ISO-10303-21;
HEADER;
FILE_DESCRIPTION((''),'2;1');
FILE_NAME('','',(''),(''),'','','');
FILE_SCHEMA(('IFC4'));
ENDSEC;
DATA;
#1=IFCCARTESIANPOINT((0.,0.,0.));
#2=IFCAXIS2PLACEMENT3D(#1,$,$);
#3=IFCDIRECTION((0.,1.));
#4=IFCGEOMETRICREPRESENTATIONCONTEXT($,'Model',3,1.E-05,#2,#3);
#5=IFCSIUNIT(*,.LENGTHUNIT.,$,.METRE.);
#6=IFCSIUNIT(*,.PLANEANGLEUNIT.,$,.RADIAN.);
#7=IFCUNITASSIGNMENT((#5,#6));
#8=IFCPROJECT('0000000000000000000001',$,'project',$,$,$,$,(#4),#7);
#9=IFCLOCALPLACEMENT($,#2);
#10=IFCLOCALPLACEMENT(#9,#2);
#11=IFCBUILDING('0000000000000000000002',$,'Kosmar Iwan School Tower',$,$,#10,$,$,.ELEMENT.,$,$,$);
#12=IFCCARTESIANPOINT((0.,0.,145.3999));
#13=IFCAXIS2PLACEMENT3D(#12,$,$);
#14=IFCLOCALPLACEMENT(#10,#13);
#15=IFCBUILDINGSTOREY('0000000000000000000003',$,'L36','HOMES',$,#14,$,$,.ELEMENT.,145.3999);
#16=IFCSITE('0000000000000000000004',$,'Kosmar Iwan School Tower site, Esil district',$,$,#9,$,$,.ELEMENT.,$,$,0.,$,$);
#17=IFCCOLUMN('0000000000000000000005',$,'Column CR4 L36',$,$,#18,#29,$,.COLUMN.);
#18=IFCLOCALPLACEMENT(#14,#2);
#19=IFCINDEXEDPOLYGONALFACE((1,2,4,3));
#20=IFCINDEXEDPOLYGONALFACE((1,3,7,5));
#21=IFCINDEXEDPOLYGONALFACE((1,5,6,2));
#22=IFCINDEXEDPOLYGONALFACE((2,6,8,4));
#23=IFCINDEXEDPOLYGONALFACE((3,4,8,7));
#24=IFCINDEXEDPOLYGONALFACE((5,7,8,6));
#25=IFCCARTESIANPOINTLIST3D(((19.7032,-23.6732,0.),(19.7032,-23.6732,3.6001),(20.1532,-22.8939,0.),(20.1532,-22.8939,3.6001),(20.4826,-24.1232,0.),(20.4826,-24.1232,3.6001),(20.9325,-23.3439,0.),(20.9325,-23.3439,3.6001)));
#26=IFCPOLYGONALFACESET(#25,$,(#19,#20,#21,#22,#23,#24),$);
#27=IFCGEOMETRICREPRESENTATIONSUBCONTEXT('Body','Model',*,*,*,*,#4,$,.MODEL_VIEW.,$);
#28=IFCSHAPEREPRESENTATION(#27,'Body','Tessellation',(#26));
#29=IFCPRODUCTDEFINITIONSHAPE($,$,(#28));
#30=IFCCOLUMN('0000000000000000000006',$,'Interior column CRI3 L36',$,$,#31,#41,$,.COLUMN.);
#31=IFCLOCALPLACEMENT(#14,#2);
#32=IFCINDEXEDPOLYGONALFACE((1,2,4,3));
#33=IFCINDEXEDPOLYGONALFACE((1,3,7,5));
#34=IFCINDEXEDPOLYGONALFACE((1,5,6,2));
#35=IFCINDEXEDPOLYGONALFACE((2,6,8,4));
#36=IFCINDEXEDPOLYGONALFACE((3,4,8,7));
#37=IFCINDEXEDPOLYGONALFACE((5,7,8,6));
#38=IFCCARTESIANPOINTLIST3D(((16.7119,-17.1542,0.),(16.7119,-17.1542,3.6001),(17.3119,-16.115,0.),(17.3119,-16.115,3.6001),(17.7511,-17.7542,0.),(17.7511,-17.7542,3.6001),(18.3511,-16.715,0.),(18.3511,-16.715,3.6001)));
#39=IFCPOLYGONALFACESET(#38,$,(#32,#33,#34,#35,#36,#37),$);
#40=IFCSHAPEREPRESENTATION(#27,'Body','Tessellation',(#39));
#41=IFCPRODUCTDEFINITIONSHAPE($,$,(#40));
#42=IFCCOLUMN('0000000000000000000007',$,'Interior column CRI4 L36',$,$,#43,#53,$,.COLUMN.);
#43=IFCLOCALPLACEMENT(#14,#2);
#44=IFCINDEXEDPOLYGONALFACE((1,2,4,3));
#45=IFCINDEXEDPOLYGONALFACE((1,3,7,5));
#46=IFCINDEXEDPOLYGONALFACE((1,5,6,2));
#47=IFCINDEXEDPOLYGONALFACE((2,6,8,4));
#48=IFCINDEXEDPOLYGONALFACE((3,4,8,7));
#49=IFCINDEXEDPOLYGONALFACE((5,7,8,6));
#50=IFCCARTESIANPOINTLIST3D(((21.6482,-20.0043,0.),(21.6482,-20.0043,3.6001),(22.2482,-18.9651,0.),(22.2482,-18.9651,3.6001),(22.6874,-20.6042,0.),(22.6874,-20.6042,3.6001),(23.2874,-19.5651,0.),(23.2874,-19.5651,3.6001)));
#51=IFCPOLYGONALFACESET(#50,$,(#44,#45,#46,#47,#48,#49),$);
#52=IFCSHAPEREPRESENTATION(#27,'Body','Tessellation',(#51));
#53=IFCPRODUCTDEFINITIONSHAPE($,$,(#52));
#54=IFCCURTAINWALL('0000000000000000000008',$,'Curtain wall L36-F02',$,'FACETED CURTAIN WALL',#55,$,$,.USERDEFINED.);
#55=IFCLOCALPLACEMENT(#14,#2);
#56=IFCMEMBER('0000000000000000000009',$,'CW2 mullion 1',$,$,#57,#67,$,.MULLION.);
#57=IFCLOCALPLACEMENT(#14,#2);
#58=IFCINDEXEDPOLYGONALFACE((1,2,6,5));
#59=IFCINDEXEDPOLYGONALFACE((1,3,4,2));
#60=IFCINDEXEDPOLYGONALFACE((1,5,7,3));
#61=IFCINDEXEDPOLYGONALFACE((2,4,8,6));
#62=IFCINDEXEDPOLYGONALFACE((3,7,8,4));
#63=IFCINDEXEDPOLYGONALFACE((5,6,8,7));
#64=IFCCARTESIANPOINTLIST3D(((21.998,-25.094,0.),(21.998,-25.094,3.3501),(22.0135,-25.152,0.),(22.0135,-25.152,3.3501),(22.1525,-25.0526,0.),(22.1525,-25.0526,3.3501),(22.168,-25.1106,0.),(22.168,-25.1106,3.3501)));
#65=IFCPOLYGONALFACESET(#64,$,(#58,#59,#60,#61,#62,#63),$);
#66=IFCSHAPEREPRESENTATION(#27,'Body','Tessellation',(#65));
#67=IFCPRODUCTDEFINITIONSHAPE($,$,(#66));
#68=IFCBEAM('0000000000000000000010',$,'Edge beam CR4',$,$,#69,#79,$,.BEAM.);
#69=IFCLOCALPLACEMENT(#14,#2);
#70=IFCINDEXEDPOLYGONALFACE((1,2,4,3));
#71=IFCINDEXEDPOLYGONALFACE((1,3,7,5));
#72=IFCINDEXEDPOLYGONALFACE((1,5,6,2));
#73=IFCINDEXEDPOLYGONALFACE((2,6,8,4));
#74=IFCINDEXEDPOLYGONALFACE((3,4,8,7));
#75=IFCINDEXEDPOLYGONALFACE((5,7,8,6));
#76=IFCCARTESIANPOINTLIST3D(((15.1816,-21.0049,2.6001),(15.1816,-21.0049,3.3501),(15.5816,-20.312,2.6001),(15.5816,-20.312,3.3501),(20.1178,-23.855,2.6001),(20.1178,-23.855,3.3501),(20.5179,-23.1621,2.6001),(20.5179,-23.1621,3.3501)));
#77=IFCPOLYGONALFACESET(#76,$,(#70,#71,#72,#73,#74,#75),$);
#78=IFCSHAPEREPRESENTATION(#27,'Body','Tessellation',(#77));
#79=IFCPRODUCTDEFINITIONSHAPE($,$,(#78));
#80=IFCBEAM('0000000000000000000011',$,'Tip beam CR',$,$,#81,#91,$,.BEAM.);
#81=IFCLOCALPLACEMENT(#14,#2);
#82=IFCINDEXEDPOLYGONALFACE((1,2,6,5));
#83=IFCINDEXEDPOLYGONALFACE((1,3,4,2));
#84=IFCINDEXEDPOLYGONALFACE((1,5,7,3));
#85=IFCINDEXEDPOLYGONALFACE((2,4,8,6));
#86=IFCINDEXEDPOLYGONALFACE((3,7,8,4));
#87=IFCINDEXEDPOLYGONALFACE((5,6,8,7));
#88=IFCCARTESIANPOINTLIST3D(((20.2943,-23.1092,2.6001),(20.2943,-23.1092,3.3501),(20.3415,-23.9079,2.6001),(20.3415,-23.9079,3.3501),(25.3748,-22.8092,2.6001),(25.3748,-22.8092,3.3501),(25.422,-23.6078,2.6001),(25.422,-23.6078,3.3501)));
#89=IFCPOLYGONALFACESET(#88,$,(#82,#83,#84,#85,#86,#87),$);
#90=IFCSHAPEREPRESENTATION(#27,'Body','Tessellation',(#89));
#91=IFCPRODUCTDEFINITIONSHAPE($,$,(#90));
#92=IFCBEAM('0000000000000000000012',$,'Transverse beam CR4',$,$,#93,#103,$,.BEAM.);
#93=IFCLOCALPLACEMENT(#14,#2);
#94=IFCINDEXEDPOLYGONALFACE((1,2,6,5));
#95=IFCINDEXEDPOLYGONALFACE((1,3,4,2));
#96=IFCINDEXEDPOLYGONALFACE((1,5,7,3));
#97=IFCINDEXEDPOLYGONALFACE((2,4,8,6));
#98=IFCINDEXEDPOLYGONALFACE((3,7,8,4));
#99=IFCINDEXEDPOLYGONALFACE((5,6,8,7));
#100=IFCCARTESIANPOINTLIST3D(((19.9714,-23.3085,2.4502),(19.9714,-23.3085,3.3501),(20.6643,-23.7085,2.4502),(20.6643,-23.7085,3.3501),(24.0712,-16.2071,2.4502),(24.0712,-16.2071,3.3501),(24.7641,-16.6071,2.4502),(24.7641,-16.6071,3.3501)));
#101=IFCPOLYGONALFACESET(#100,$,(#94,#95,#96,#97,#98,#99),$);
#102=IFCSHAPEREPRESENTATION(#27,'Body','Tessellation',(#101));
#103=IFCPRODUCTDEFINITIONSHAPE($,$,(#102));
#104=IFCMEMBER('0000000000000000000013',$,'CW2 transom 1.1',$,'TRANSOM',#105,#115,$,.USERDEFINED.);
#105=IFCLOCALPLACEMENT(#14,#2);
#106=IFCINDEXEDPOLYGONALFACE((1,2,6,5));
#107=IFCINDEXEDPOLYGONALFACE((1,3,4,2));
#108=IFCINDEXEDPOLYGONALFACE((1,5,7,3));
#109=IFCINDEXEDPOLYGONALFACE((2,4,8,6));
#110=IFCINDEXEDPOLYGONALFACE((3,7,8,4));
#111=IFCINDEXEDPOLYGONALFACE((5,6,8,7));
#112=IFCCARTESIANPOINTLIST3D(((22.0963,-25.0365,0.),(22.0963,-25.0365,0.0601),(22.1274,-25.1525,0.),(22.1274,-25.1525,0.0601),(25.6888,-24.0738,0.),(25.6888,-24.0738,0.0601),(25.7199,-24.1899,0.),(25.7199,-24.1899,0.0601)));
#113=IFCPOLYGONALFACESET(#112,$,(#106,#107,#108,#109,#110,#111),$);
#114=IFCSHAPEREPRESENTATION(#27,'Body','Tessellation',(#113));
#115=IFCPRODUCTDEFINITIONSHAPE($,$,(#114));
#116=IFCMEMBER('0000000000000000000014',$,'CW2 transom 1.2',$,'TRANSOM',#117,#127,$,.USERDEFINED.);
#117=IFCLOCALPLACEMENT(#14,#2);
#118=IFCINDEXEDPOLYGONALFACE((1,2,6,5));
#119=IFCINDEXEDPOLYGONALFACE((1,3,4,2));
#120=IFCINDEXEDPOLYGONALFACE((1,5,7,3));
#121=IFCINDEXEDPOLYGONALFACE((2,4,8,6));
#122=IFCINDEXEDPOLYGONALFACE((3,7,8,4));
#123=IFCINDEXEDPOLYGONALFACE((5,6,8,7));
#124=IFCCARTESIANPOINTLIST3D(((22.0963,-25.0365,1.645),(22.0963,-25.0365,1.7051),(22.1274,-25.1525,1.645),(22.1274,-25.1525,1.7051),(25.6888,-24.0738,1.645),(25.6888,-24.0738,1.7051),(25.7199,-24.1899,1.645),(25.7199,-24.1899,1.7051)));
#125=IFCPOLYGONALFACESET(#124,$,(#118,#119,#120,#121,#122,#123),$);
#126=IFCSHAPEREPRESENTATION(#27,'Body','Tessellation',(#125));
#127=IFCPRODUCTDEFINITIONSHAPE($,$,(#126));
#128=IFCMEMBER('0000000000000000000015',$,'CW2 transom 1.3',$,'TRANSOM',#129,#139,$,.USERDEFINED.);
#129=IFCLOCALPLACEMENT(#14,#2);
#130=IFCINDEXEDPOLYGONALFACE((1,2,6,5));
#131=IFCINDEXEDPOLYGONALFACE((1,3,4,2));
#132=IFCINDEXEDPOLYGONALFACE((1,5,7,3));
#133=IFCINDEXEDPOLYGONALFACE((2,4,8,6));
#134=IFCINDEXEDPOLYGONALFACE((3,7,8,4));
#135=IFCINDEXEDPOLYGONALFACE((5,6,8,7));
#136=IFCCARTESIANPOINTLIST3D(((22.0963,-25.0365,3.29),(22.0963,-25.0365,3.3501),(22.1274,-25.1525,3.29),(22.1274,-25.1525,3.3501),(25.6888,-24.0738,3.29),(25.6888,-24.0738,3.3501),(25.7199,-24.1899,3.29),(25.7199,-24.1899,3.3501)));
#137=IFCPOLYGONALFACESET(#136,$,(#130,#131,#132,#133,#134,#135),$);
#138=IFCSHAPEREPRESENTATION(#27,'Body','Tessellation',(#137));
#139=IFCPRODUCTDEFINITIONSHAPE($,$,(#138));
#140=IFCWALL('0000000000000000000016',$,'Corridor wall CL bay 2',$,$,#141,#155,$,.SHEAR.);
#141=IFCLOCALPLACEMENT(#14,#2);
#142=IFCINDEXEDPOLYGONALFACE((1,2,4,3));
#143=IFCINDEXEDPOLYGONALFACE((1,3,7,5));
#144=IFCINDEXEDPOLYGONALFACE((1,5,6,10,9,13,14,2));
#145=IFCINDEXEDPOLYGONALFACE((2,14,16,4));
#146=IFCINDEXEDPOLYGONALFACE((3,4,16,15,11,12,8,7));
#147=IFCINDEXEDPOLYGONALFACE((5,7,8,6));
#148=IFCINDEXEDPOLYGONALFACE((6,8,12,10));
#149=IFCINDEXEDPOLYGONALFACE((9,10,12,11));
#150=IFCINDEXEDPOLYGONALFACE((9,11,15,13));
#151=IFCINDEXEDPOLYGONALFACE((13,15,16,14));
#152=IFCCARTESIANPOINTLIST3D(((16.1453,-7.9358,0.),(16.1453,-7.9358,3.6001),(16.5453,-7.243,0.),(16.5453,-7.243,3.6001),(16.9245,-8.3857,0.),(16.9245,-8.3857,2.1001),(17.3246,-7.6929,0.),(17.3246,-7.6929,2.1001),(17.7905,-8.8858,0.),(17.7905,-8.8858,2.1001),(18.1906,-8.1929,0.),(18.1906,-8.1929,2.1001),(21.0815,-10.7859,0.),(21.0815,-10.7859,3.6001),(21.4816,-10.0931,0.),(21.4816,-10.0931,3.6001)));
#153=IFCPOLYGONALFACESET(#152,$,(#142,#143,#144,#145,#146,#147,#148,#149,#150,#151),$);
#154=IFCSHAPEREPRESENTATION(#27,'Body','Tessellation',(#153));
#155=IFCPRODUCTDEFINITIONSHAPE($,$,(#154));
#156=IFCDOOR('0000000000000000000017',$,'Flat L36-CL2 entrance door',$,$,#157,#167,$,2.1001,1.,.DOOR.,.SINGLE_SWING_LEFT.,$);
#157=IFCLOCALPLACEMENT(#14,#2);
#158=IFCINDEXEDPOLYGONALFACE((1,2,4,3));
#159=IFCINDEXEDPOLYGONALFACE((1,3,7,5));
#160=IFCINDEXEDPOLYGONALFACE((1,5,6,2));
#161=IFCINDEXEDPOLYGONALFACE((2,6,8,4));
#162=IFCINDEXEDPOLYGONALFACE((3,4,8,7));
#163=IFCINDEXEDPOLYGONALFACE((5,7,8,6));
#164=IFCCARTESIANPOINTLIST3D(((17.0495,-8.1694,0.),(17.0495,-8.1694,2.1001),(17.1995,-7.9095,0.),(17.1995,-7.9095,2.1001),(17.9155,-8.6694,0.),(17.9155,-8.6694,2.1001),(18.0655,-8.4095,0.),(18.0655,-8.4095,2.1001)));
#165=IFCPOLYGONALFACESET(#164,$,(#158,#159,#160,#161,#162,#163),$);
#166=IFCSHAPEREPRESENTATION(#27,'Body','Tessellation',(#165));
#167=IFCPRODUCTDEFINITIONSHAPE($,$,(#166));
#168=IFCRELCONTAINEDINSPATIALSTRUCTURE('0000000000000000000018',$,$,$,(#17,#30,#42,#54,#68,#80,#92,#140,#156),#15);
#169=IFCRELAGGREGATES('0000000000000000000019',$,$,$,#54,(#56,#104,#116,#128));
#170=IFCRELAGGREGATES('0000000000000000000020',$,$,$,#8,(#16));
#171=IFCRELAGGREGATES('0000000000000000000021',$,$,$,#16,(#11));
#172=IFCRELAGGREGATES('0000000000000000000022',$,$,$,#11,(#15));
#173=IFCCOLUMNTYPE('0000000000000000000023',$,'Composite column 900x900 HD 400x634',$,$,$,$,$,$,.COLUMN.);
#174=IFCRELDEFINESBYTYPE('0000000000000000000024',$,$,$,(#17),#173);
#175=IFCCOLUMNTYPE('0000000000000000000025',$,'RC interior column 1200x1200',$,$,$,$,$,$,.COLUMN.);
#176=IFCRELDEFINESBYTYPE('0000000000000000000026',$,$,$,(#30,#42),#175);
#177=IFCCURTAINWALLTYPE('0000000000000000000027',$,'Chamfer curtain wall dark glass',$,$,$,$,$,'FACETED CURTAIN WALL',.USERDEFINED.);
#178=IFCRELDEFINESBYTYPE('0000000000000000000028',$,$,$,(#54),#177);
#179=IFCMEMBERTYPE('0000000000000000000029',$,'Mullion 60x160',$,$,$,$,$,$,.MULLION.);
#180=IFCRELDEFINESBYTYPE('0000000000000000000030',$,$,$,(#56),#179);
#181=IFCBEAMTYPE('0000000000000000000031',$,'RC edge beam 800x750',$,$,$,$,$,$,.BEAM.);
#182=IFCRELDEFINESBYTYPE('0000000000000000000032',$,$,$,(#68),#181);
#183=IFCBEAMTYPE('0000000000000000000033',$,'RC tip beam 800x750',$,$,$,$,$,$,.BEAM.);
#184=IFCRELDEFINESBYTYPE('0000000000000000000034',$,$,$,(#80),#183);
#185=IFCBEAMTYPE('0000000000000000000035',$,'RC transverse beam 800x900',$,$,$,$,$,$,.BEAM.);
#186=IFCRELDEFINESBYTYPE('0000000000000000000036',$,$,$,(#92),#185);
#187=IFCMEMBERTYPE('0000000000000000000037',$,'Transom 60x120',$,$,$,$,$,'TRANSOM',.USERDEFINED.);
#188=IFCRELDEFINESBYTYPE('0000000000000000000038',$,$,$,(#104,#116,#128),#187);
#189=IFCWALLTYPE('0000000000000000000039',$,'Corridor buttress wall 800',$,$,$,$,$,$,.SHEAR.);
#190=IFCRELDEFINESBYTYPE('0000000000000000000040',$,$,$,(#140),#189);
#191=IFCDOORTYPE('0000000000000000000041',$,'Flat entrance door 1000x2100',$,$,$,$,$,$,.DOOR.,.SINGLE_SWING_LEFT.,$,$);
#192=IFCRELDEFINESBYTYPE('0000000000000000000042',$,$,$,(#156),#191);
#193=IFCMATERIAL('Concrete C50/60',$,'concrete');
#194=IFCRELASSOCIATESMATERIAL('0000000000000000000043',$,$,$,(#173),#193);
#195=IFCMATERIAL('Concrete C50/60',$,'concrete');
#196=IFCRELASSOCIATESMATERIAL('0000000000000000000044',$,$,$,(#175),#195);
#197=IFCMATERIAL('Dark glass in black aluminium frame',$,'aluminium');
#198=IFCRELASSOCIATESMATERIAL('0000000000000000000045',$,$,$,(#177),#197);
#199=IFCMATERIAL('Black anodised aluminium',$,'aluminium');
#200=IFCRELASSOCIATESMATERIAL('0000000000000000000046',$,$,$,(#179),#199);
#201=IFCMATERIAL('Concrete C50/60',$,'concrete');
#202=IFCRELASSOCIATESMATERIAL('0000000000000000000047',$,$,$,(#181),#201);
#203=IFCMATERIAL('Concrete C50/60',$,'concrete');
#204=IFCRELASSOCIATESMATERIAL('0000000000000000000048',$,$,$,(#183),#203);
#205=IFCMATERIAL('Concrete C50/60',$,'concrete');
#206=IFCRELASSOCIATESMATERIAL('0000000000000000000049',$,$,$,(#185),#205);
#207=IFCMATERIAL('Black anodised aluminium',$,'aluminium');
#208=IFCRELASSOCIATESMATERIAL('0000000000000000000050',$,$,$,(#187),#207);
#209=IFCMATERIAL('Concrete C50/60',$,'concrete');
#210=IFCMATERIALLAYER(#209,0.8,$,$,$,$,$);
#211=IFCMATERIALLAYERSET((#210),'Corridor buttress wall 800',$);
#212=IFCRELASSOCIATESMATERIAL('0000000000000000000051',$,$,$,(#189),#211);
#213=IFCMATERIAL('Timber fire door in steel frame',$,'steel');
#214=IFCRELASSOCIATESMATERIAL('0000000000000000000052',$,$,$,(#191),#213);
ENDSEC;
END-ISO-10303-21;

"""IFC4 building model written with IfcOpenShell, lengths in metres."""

from ifc_helpers import new_model, si_unit, direction, frame, frame_2d, origin, origin_2d, place, context, subcontext, project, spatial, rectangle, extrude, material, layer, layer_set, material_profile, profile_set, type_object, element, fill, aggregate, save


model = new_model("IFC4")

# Units and contexts
model_context = context("Model", 3, precision=1e-05, world=origin(), true_north=direction((0.0, 1.0)))
body_context = subcontext(model_context, "Body", "Model", "MODEL_VIEW")
ifc_project = project(units=[si_unit("LENGTHUNIT", "METRE"), si_unit("PLANEANGLEUNIT", "RADIAN")], contexts=[model_context])

# Site, building, storey
site_placement = place(None, origin())
site = spatial("IfcSite", under=ifc_project, at=site_placement, Name="Kosmar Iwan School Tower site, Esil district", CompositionType="ELEMENT", RefElevation=0.0)
building_placement = place(site_placement, origin())
building = spatial("IfcBuilding", under=site, at=building_placement, Name="Kosmar Iwan School Tower", CompositionType="ELEMENT")
storey_placement = place(building_placement, frame((0.0, 0.0, 145.3999)))
storey = spatial("IfcBuildingStorey", under=building, at=storey_placement, Name="L36", Description="HOMES", CompositionType="ELEMENT", Elevation=145.3999)

# Columns
ifc_material_1 = material(Name="Concrete C50/60", Category="concrete")
ifc_material_profile_1 = material_profile(ifc_material_1, rectangle(XDim=0.8999, YDim=0.8999, at=origin_2d()), Name="RC 900x900 + HD 400x634")
ifc_profile_set_1 = profile_set([ifc_material_profile_1], Name="Concrete C50/60")
column_type_1 = type_object("IfcColumnType", Name="Composite column 900x900 HD 400x634", PredefinedType="COLUMN", material=ifc_profile_set_1)
column_placement = place(storey_placement, frame((20.3179, -23.5085, 0.0), z_axis=(0.0, 0.0, 1.0), x_axis=(0.866025, -0.5, 0.0)))
element("IfcColumn", 1, at=column_placement, inside=storey, type_object=column_type_1, Name="Column CR4 L36", PredefinedType="COLUMN", context=body_context, shape_type="SweptSolid", body=[
    extrude(rectangle(XDim=0.8999, YDim=0.8999, at=origin_2d()), origin(), (0.0, 0.0, 1.0), 3.6001),
])
ifc_material_2 = material(Name="Concrete C50/60", Category="concrete")
ifc_material_profile_2 = material_profile(ifc_material_2, rectangle(XDim=1.2, YDim=1.2, at=origin_2d()), Name="RC 1200x1200")
ifc_profile_set_2 = profile_set([ifc_material_profile_2], Name="Concrete C50/60")
column_type_2 = type_object("IfcColumnType", Name="RC interior column 1200x1200", PredefinedType="COLUMN", material=ifc_profile_set_2)
for number, where, z_axis, x_axis, name in (
    (2, (17.5315, -16.9346, 0.0), (0.0, 0.0, 1.0), (0.866025, -0.5, 0.0), "Interior column CRI3 L36"),
    (3, (22.4678, -19.7847, 0.0), (0.0, 0.0, 1.0), (0.866025, -0.5, 0.0), "Interior column CRI4 L36"),
):
    element("IfcColumn", number, at=place(storey_placement, frame(where, z_axis=z_axis, x_axis=x_axis)), inside=storey, type_object=column_type_2, Name=name, PredefinedType="COLUMN", context=body_context, shape_type="SweptSolid", body=[
        extrude(rectangle(XDim=1.2, YDim=1.2, at=origin_2d()), origin(), (0.0, 0.0, 1.0), 3.6001),
    ])

# Curtain wall, member
ifc_material_3 = material(Name="Dark glass in black aluminium frame", Category="aluminium")
curtain_wall_type = type_object("IfcCurtainWallType", Name="Chamfer curtain wall dark glass", ElementType="FACETED CURTAIN WALL", PredefinedType="USERDEFINED", material=ifc_material_3)
curtain_wall_placement = place(storey_placement, origin())
curtain_wall = element("IfcCurtainWall", 4, at=curtain_wall_placement, inside=storey, type_object=curtain_wall_type, Name="Curtain wall L36-F02", ObjectType="FACETED CURTAIN WALL", PredefinedType="USERDEFINED")
ifc_material_4 = material(Name="Black anodised aluminium", Category="aluminium")
ifc_material_profile_3 = material_profile(ifc_material_4, rectangle(XDim=0.0601, YDim=0.1599, at=origin_2d()), Name="MULLION 60x160")
ifc_profile_set_3 = profile_set([ifc_material_profile_3], Name="Black anodised aluminium")
member_type_1 = type_object("IfcMemberType", Name="Mullion 60x160", PredefinedType="MULLION", material=ifc_profile_set_3)
member_1_placement = place(storey_placement, frame((22.083, -25.1023, 0.0), z_axis=(0.0, 0.0, 1.0), x_axis=(-0.258819, 0.965926, 0.0)))
member_1 = element("IfcMember", 5, at=member_1_placement, type_object=member_type_1, Name="CW2 mullion 1", PredefinedType="MULLION", context=body_context, shape_type="SweptSolid", body=[
    extrude(rectangle(XDim=0.0601, YDim=0.1599, at=origin_2d()), origin(), (0.0, 0.0, 1.0), 3.3501),
])

# Beams
ifc_material_5 = material(Name="Concrete C50/60", Category="concrete")
ifc_material_profile_4 = material_profile(ifc_material_5, rectangle(XDim=0.8, YDim=0.75, at=origin_2d()), Name="RC 800x750")
ifc_profile_set_4 = profile_set([ifc_material_profile_4], Name="Concrete C50/60")
beam_type_1 = type_object("IfcBeamType", Name="RC edge beam 800x750", PredefinedType="BEAM", material=ifc_profile_set_4)
beam_1_placement = place(storey_placement, frame((15.3816, -20.6584, 2.9751), z_axis=(0.866015, -0.500018, 0.0), x_axis=(0.500018, 0.866015, 0.0)))
element("IfcBeam", 6, at=beam_1_placement, inside=storey, type_object=beam_type_1, Name="Edge beam CR4", PredefinedType="BEAM", context=body_context, shape_type="SweptSolid", body=[
    extrude(rectangle(XDim=0.8, YDim=0.75, at=origin_2d()), origin(), (0.0, 0.0, 1.0), 5.7),
])
ifc_material_6 = material(Name="Concrete C50/60", Category="concrete")
ifc_material_profile_5 = material_profile(ifc_material_6, rectangle(XDim=0.8, YDim=0.75, at=origin_2d()), Name="RC 800x750")
ifc_profile_set_5 = profile_set([ifc_material_profile_5], Name="Concrete C50/60")
beam_type_2 = type_object("IfcBeamType", Name="RC tip beam 800x750", PredefinedType="BEAM", material=ifc_profile_set_5)
beam_2_placement = place(storey_placement, frame((20.3179, -23.5085, 2.9751), z_axis=(0.998261, 0.058955, 0.0), x_axis=(-0.058955, 0.998261, 0.0)))
element("IfcBeam", 7, at=beam_2_placement, inside=storey, type_object=beam_type_2, Name="Tip beam CR", PredefinedType="BEAM", context=body_context, shape_type="SweptSolid", body=[
    extrude(rectangle(XDim=0.8, YDim=0.75, at=origin_2d()), origin(), (0.0, 0.0, 1.0), 5.0894),
])
ifc_material_7 = material(Name="Concrete C50/60", Category="concrete")
ifc_material_profile_6 = material_profile(ifc_material_7, rectangle(XDim=0.8, YDim=0.8999, at=origin_2d()), Name="RC 800x900")
ifc_profile_set_6 = profile_set([ifc_material_profile_6], Name="Concrete C50/60")
beam_type_3 = type_object("IfcBeamType", Name="RC transverse beam 800x900", PredefinedType="BEAM", material=ifc_profile_set_6)
beam_3_placement = place(storey_placement, frame((20.3179, -23.5085, 2.9001), z_axis=(0.499978, 0.866038, 0.0), x_axis=(-0.866038, 0.499978, 0.0)))
element("IfcBeam", 8, at=beam_3_placement, inside=storey, type_object=beam_type_3, Name="Transverse beam CR4", PredefinedType="BEAM", context=body_context, shape_type="SweptSolid", body=[
    extrude(rectangle(XDim=0.8, YDim=0.8999, at=origin_2d()), origin(), (0.0, 0.0, 1.0), 8.2),
])

# Members
ifc_material_8 = material(Name="Black anodised aluminium", Category="aluminium")
ifc_material_profile_7 = material_profile(ifc_material_8, rectangle(XDim=0.1201, YDim=0.0601, at=origin_2d()), Name="TRANSOM 60x120")
ifc_profile_set_7 = profile_set([ifc_material_profile_7], Name="Black anodised aluminium")
member_type_2 = type_object("IfcMemberType", Name="Transom 60x120", ElementType="TRANSOM", PredefinedType="USERDEFINED", material=ifc_profile_set_7)
member_2_placement = place(storey_placement, frame((22.1118, -25.0945, 0.03), z_axis=(0.965924, 0.258827, 0.0), x_axis=(-0.258827, 0.965924, 0.0)))
member_2 = element("IfcMember", 9, at=member_2_placement, type_object=member_type_2, Name="CW2 transom 1.1", ObjectType="TRANSOM", PredefinedType="USERDEFINED", context=body_context, shape_type="SweptSolid", body=[
    extrude(rectangle(XDim=0.1201, YDim=0.0601, at=origin_2d()), origin(), (0.0, 0.0, 1.0), 3.7192),
])
member_3_placement = place(storey_placement, frame((22.1118, -25.0945, 1.675), z_axis=(0.965924, 0.258827, 0.0), x_axis=(-0.258827, 0.965924, 0.0)))
member_3 = element("IfcMember", 10, at=member_3_placement, type_object=member_type_2, Name="CW2 transom 1.2", ObjectType="TRANSOM", PredefinedType="USERDEFINED", context=body_context, shape_type="SweptSolid", body=[
    extrude(rectangle(XDim=0.1201, YDim=0.0601, at=origin_2d()), origin(), (0.0, 0.0, 1.0), 3.7192),
])
member_4_placement = place(storey_placement, frame((22.1118, -25.0945, 3.3201), z_axis=(0.965924, 0.258827, 0.0), x_axis=(-0.258827, 0.965924, 0.0)))
member_4 = element("IfcMember", 11, at=member_4_placement, type_object=member_type_2, Name="CW2 transom 1.3", ObjectType="TRANSOM", PredefinedType="USERDEFINED", context=body_context, shape_type="SweptSolid", body=[
    extrude(rectangle(XDim=0.1201, YDim=0.0601, at=origin_2d()), origin(), (0.0, 0.0, 1.0), 3.7192),
])
aggregate(curtain_wall, [member_1, member_2, member_3, member_4])

# Wall, opening, door
ifc_material_9 = material(Name="Concrete C50/60", Category="concrete")
ifc_layer_1 = layer(ifc_material_9, 0.8)
ifc_layer_set_1 = layer_set([ifc_layer_1], Name="Corridor buttress wall 800")
wall_type_1 = type_object("IfcWallType", Name="Corridor buttress wall 800", PredefinedType="SHEAR", material=ifc_layer_set_1)
wall_1_placement = place(storey_placement, frame((16.3452, -7.5894, 0.0), z_axis=(0.0, 0.0, 1.0), x_axis=(0.866015, -0.500018, 0.0)))
wall_1 = element("IfcWall", 12, at=wall_1_placement, inside=storey, type_object=wall_type_1, Name="Corridor wall CL bay 2", PredefinedType="SHEAR", context=body_context, shape_type="SweptSolid", body=[
    extrude(rectangle(XDim=5.7, YDim=0.8, at=frame_2d((2.8501, 0.0))), origin(), (0.0, 0.0, 1.0), 3.6001),
])
opening_1_placement = place(wall_1_placement, frame((0.8999, 0.0, 0.0)))
opening_1 = element("IfcOpeningElement", 13, at=opening_1_placement, cuts=wall_1, PredefinedType="OPENING", context=body_context, shape_type="SweptSolid", body=[
    extrude(rectangle(XDim=1.0, YDim=2.1001, at=frame_2d((0.5, 1.05))), frame((0.0, 0.4121, 0.0), z_axis=(0.0, -1.0, 0.0), x_axis=(1.0, 0.0, 0.0)), (0.0, 0.0, 1.0), 0.824),
])
ifc_material_10 = material(Name="Timber fire door in steel frame", Category="steel")
door_type_1 = type_object("IfcDoorType", Name="Flat entrance door 1000x2100", OperationType="SINGLE_SWING_LEFT", PredefinedType="DOOR", material=ifc_material_10)
door_1_placement = place(opening_1_placement, origin())
door_1 = element("IfcDoor", 14, at=door_1_placement, inside=storey, type_object=door_type_1, Name="Flat L36-CL2 entrance door", OperationType="SINGLE_SWING_LEFT", OverallHeight=2.1001, OverallWidth=1.0, PredefinedType="DOOR", context=body_context, shape_type="SweptSolid", body=[
    extrude(rectangle(XDim=1.0, YDim=2.1001, at=frame_2d((0.5, 1.05))), frame((0.0, 0.1499, 0.0), z_axis=(0.0, -1.0, 0.0), x_axis=(1.0, 0.0, 0.0)), (0.0, 0.0, 1.0), 0.3),
])
fill(opening_1, door_1)

save(model, "model.ifc")
